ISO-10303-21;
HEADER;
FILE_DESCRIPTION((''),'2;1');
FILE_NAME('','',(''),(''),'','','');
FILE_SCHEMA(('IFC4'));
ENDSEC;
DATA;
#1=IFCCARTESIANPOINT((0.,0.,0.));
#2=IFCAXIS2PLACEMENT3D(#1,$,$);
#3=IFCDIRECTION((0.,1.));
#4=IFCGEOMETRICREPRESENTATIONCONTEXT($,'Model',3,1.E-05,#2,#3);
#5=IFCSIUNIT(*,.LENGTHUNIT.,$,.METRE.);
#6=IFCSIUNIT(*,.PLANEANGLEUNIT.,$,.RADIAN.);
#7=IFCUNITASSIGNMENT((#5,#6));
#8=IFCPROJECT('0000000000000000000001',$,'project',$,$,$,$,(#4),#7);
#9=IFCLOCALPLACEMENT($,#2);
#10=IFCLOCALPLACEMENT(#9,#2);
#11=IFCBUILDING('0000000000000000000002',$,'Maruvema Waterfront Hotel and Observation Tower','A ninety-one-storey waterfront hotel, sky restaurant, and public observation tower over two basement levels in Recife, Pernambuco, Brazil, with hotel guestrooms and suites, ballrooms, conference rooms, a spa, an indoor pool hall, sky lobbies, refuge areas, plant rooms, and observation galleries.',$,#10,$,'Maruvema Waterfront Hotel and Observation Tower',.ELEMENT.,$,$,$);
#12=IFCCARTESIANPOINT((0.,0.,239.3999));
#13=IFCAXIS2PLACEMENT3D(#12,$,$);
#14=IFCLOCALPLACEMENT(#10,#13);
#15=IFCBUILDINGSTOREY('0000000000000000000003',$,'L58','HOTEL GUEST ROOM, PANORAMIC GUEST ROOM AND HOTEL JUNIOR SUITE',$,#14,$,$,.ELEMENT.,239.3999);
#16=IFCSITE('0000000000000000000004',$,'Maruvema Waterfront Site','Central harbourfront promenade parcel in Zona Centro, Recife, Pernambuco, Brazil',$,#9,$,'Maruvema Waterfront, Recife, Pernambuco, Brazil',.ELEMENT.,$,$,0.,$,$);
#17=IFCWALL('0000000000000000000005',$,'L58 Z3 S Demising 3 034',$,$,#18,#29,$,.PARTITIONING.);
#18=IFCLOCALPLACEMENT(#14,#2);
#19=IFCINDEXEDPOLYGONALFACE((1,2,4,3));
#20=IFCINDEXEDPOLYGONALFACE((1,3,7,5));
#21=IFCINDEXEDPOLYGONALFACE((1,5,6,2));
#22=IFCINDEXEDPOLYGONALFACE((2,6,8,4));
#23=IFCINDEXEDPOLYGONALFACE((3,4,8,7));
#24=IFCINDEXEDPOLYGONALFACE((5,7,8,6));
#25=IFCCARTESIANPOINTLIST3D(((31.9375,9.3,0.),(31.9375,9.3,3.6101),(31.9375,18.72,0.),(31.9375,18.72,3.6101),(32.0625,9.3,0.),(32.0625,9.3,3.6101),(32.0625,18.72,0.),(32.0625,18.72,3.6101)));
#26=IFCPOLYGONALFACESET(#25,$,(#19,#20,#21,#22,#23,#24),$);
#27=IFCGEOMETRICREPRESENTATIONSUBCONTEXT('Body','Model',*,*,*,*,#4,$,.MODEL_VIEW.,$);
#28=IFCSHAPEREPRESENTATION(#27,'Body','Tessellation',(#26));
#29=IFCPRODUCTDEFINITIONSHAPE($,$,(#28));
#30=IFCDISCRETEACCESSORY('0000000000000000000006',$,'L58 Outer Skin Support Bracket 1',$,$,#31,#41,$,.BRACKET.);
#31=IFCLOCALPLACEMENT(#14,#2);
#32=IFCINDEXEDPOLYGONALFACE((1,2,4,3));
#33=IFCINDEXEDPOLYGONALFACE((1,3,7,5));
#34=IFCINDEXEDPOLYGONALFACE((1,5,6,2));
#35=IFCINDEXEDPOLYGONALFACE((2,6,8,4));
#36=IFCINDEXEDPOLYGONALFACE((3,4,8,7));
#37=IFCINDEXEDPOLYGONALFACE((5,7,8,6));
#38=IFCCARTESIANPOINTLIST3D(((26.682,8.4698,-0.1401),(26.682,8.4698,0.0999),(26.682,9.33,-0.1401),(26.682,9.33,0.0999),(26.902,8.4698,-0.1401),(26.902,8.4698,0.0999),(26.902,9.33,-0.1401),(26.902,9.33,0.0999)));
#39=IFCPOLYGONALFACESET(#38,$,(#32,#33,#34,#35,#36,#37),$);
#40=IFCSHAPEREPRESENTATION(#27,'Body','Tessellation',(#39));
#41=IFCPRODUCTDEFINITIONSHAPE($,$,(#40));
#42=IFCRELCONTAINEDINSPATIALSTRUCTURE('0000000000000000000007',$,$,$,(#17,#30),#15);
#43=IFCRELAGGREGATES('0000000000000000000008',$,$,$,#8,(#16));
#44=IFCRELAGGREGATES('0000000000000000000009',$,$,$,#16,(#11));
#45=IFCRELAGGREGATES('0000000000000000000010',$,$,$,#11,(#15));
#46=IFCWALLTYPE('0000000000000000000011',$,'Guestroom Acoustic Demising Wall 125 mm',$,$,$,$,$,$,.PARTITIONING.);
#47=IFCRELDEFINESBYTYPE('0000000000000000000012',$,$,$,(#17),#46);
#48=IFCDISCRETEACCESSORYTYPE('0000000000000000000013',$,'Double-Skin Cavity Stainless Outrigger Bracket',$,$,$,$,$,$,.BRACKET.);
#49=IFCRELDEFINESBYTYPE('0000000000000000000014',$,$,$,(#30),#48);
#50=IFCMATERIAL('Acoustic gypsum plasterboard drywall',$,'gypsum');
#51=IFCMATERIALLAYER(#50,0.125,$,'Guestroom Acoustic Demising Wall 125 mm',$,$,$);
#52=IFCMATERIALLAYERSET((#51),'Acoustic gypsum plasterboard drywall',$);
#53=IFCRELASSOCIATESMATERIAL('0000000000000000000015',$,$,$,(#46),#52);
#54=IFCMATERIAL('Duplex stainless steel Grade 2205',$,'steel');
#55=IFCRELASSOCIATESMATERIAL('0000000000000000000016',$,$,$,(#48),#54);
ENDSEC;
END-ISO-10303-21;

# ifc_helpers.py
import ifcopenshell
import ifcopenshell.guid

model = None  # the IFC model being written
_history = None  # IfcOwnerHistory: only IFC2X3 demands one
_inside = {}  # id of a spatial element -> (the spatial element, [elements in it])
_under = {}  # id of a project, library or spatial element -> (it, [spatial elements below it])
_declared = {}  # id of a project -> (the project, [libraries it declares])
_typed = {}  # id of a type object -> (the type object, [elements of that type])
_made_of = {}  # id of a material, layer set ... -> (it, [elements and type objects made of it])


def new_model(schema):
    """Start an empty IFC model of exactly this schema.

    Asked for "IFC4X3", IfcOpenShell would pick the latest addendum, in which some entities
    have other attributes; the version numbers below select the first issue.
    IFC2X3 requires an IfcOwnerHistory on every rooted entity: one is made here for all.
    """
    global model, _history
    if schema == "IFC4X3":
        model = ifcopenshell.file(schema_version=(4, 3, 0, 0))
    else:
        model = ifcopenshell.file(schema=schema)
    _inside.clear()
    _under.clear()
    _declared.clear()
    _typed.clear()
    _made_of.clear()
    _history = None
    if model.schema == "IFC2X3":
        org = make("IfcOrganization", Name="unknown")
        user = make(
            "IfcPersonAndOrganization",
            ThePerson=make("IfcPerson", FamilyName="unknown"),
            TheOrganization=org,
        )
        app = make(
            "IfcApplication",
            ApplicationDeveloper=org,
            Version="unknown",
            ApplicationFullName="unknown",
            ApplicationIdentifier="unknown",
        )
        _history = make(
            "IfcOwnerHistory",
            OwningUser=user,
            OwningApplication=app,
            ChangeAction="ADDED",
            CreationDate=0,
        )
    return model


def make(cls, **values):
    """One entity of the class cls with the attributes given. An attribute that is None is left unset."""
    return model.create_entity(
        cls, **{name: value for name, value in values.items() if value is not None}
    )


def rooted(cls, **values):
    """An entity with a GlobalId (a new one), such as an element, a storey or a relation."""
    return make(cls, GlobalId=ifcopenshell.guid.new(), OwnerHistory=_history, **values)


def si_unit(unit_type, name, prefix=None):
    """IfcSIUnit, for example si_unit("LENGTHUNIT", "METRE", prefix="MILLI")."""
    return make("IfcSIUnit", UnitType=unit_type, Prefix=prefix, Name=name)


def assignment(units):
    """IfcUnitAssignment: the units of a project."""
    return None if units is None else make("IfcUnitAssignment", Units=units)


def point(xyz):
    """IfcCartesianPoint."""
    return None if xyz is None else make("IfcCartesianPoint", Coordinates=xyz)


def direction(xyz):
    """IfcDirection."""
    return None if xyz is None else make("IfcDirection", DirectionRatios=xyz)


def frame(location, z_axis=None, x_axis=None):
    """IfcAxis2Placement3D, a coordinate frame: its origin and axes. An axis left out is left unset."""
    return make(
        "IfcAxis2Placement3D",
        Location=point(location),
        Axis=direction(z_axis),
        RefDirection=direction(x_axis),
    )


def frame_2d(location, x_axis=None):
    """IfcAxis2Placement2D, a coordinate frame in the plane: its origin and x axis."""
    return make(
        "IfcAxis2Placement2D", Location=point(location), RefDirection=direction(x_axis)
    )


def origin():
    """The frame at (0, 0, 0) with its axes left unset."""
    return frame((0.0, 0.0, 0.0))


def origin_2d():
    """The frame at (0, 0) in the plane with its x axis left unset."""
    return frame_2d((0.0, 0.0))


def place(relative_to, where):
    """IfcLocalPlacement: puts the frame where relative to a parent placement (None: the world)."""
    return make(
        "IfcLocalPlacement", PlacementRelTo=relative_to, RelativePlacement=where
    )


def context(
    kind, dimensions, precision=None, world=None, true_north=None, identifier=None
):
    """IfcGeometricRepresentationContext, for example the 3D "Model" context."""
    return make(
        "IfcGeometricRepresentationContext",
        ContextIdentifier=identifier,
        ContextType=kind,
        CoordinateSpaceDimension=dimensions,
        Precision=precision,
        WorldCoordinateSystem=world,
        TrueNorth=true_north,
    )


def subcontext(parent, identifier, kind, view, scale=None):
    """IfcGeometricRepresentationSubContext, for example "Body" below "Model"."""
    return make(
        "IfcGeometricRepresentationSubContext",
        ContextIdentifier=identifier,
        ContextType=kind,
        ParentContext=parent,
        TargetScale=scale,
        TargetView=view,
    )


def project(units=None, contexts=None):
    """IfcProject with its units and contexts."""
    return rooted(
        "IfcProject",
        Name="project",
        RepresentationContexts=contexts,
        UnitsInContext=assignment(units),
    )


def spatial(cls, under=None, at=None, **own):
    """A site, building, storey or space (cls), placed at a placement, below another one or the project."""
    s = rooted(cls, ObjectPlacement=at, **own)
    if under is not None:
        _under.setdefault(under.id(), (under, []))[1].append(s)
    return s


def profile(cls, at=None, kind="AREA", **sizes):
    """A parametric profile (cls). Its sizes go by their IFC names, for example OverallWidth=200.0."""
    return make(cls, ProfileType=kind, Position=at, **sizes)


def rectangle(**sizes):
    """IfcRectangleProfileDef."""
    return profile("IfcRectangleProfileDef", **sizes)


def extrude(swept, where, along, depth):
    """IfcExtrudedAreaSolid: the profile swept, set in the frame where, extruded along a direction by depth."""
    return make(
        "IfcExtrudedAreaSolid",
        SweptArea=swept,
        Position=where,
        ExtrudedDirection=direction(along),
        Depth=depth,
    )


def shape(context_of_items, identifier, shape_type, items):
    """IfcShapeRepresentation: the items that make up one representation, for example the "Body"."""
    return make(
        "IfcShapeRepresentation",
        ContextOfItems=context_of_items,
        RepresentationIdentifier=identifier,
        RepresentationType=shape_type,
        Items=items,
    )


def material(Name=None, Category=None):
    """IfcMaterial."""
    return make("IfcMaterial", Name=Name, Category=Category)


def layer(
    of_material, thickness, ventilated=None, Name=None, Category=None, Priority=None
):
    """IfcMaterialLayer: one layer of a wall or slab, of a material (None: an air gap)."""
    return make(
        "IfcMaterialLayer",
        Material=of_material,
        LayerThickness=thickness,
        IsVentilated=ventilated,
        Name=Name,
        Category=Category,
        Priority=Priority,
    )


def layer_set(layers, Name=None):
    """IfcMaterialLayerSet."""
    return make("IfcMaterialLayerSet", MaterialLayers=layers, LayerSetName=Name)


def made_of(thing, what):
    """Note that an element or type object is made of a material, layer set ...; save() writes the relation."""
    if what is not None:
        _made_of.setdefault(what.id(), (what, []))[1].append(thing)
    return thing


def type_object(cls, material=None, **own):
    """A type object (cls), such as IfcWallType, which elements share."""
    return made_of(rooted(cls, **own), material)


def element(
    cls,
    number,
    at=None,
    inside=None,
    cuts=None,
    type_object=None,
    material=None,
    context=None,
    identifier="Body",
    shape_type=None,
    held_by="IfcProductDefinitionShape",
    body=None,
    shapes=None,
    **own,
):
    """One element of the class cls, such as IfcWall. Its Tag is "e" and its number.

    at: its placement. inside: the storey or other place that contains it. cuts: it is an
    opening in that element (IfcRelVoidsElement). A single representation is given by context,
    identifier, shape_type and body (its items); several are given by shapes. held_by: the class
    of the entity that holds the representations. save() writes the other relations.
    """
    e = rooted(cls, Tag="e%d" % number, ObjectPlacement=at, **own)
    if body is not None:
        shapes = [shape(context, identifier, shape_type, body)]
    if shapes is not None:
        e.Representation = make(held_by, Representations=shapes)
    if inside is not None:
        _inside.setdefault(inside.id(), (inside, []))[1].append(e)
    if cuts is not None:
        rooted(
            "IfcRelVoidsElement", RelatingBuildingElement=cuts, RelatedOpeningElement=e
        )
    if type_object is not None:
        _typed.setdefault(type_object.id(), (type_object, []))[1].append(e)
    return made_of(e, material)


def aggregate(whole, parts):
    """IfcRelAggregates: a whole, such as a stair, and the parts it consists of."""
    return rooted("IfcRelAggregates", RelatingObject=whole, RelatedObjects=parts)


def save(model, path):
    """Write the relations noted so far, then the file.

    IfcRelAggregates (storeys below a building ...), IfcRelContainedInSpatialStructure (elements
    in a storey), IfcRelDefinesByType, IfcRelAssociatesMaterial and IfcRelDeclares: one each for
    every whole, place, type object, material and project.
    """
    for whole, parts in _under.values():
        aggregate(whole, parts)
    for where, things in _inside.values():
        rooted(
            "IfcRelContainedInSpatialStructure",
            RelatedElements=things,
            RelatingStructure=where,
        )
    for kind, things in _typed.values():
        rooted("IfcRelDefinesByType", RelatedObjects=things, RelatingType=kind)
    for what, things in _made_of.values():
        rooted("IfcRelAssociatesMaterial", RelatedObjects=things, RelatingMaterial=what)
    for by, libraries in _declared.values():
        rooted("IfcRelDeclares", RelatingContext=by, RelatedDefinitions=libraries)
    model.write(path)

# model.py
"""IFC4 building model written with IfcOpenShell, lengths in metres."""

from ifc_helpers import new_model, si_unit, direction, frame, frame_2d, origin, origin_2d, place, context, subcontext, project, spatial, rectangle, extrude, material, layer, layer_set, type_object, element, save


model = new_model("IFC4")

# Units and contexts
model_context = context("Model", 3, precision=1e-05, world=origin(), true_north=direction((0.0, 1.0)))
body_context = subcontext(model_context, "Body", "Model", "MODEL_VIEW")
ifc_project = project(units=[si_unit("LENGTHUNIT", "METRE"), si_unit("PLANEANGLEUNIT", "RADIAN")], contexts=[model_context])

# Site, building, storey
site_placement = place(None, origin())
site = spatial("IfcSite", under=ifc_project, at=site_placement, Name="Maruvema Waterfront Site", Description="Central harbourfront promenade parcel in Zona Centro, Recife, Pernambuco, Brazil", LongName="Maruvema Waterfront, Recife, Pernambuco, Brazil", CompositionType="ELEMENT", RefElevation=0.0)
building_placement = place(site_placement, origin())
building = spatial("IfcBuilding", under=site, at=building_placement, Name="Maruvema Waterfront Hotel and Observation Tower", Description="A ninety-one-storey waterfront hotel, sky restaurant, and public observation tower over two basement levels in Recife, Pernambuco, Brazil, with hotel guestrooms and suites, ballrooms, conference rooms, a spa, an indoor pool hall, sky lobbies, refuge areas, plant rooms, and observation galleries.", LongName="Maruvema Waterfront Hotel and Observation Tower", CompositionType="ELEMENT")
storey_placement = place(building_placement, frame((0.0, 0.0, 239.3999)))
storey = spatial("IfcBuildingStorey", under=building, at=storey_placement, Name="L58", Description="HOTEL GUEST ROOM, PANORAMIC GUEST ROOM AND HOTEL JUNIOR SUITE", CompositionType="ELEMENT", Elevation=239.3999)

# Wall
ifc_material_1 = material(Name="Acoustic gypsum plasterboard drywall", Category="gypsum")
ifc_layer_1 = layer(ifc_material_1, 0.125, Name="Guestroom Acoustic Demising Wall 125 mm")
ifc_layer_set_1 = layer_set([ifc_layer_1], Name="Acoustic gypsum plasterboard drywall")
wall_type_1 = type_object("IfcWallType", Name="Guestroom Acoustic Demising Wall 125 mm", PredefinedType="PARTITIONING", material=ifc_layer_set_1)
for number, where, z_axis, x_axis, name in (
    (1, (32.0, 9.3, 0.0), (0.0, 0.0, 1.0), (0.0, 1.0, 0.0), "L58 Z3 S Demising 3 034"),
):
    element("IfcWall", number, at=place(storey_placement, frame(where, z_axis=z_axis, x_axis=x_axis)), inside=storey, type_object=wall_type_1, Name=name, PredefinedType="PARTITIONING", context=body_context, shape_type="SweptSolid", body=[
        extrude(rectangle(XDim=9.4199, YDim=0.125, at=frame_2d((4.71, 0.0))), origin(), (0.0, 0.0, 1.0), 3.6101),
    ])

# Discrete accessory
ifc_material_2 = material(Name="Duplex stainless steel Grade 2205", Category="steel")
discrete_accessory_type = type_object("IfcDiscreteAccessoryType", Name="Double-Skin Cavity Stainless Outrigger Bracket", PredefinedType="BRACKET", material=ifc_material_2)
discrete_accessory_placement = place(storey_placement, frame((26.792, 8.8999, -0.1401), z_axis=(0.0, 0.0, 1.0), x_axis=(1.0, 0.0, 0.0)))
element("IfcDiscreteAccessory", 2, at=discrete_accessory_placement, inside=storey, type_object=discrete_accessory_type, Name="L58 Outer Skin Support Bracket 1", PredefinedType="BRACKET", context=body_context, shape_type="SweptSolid", body=[
    extrude(rectangle(XDim=0.22, YDim=0.8601, at=origin_2d()), origin(), (0.0, 0.0, 1.0), 0.24),
])

save(model, "model.ifc")
